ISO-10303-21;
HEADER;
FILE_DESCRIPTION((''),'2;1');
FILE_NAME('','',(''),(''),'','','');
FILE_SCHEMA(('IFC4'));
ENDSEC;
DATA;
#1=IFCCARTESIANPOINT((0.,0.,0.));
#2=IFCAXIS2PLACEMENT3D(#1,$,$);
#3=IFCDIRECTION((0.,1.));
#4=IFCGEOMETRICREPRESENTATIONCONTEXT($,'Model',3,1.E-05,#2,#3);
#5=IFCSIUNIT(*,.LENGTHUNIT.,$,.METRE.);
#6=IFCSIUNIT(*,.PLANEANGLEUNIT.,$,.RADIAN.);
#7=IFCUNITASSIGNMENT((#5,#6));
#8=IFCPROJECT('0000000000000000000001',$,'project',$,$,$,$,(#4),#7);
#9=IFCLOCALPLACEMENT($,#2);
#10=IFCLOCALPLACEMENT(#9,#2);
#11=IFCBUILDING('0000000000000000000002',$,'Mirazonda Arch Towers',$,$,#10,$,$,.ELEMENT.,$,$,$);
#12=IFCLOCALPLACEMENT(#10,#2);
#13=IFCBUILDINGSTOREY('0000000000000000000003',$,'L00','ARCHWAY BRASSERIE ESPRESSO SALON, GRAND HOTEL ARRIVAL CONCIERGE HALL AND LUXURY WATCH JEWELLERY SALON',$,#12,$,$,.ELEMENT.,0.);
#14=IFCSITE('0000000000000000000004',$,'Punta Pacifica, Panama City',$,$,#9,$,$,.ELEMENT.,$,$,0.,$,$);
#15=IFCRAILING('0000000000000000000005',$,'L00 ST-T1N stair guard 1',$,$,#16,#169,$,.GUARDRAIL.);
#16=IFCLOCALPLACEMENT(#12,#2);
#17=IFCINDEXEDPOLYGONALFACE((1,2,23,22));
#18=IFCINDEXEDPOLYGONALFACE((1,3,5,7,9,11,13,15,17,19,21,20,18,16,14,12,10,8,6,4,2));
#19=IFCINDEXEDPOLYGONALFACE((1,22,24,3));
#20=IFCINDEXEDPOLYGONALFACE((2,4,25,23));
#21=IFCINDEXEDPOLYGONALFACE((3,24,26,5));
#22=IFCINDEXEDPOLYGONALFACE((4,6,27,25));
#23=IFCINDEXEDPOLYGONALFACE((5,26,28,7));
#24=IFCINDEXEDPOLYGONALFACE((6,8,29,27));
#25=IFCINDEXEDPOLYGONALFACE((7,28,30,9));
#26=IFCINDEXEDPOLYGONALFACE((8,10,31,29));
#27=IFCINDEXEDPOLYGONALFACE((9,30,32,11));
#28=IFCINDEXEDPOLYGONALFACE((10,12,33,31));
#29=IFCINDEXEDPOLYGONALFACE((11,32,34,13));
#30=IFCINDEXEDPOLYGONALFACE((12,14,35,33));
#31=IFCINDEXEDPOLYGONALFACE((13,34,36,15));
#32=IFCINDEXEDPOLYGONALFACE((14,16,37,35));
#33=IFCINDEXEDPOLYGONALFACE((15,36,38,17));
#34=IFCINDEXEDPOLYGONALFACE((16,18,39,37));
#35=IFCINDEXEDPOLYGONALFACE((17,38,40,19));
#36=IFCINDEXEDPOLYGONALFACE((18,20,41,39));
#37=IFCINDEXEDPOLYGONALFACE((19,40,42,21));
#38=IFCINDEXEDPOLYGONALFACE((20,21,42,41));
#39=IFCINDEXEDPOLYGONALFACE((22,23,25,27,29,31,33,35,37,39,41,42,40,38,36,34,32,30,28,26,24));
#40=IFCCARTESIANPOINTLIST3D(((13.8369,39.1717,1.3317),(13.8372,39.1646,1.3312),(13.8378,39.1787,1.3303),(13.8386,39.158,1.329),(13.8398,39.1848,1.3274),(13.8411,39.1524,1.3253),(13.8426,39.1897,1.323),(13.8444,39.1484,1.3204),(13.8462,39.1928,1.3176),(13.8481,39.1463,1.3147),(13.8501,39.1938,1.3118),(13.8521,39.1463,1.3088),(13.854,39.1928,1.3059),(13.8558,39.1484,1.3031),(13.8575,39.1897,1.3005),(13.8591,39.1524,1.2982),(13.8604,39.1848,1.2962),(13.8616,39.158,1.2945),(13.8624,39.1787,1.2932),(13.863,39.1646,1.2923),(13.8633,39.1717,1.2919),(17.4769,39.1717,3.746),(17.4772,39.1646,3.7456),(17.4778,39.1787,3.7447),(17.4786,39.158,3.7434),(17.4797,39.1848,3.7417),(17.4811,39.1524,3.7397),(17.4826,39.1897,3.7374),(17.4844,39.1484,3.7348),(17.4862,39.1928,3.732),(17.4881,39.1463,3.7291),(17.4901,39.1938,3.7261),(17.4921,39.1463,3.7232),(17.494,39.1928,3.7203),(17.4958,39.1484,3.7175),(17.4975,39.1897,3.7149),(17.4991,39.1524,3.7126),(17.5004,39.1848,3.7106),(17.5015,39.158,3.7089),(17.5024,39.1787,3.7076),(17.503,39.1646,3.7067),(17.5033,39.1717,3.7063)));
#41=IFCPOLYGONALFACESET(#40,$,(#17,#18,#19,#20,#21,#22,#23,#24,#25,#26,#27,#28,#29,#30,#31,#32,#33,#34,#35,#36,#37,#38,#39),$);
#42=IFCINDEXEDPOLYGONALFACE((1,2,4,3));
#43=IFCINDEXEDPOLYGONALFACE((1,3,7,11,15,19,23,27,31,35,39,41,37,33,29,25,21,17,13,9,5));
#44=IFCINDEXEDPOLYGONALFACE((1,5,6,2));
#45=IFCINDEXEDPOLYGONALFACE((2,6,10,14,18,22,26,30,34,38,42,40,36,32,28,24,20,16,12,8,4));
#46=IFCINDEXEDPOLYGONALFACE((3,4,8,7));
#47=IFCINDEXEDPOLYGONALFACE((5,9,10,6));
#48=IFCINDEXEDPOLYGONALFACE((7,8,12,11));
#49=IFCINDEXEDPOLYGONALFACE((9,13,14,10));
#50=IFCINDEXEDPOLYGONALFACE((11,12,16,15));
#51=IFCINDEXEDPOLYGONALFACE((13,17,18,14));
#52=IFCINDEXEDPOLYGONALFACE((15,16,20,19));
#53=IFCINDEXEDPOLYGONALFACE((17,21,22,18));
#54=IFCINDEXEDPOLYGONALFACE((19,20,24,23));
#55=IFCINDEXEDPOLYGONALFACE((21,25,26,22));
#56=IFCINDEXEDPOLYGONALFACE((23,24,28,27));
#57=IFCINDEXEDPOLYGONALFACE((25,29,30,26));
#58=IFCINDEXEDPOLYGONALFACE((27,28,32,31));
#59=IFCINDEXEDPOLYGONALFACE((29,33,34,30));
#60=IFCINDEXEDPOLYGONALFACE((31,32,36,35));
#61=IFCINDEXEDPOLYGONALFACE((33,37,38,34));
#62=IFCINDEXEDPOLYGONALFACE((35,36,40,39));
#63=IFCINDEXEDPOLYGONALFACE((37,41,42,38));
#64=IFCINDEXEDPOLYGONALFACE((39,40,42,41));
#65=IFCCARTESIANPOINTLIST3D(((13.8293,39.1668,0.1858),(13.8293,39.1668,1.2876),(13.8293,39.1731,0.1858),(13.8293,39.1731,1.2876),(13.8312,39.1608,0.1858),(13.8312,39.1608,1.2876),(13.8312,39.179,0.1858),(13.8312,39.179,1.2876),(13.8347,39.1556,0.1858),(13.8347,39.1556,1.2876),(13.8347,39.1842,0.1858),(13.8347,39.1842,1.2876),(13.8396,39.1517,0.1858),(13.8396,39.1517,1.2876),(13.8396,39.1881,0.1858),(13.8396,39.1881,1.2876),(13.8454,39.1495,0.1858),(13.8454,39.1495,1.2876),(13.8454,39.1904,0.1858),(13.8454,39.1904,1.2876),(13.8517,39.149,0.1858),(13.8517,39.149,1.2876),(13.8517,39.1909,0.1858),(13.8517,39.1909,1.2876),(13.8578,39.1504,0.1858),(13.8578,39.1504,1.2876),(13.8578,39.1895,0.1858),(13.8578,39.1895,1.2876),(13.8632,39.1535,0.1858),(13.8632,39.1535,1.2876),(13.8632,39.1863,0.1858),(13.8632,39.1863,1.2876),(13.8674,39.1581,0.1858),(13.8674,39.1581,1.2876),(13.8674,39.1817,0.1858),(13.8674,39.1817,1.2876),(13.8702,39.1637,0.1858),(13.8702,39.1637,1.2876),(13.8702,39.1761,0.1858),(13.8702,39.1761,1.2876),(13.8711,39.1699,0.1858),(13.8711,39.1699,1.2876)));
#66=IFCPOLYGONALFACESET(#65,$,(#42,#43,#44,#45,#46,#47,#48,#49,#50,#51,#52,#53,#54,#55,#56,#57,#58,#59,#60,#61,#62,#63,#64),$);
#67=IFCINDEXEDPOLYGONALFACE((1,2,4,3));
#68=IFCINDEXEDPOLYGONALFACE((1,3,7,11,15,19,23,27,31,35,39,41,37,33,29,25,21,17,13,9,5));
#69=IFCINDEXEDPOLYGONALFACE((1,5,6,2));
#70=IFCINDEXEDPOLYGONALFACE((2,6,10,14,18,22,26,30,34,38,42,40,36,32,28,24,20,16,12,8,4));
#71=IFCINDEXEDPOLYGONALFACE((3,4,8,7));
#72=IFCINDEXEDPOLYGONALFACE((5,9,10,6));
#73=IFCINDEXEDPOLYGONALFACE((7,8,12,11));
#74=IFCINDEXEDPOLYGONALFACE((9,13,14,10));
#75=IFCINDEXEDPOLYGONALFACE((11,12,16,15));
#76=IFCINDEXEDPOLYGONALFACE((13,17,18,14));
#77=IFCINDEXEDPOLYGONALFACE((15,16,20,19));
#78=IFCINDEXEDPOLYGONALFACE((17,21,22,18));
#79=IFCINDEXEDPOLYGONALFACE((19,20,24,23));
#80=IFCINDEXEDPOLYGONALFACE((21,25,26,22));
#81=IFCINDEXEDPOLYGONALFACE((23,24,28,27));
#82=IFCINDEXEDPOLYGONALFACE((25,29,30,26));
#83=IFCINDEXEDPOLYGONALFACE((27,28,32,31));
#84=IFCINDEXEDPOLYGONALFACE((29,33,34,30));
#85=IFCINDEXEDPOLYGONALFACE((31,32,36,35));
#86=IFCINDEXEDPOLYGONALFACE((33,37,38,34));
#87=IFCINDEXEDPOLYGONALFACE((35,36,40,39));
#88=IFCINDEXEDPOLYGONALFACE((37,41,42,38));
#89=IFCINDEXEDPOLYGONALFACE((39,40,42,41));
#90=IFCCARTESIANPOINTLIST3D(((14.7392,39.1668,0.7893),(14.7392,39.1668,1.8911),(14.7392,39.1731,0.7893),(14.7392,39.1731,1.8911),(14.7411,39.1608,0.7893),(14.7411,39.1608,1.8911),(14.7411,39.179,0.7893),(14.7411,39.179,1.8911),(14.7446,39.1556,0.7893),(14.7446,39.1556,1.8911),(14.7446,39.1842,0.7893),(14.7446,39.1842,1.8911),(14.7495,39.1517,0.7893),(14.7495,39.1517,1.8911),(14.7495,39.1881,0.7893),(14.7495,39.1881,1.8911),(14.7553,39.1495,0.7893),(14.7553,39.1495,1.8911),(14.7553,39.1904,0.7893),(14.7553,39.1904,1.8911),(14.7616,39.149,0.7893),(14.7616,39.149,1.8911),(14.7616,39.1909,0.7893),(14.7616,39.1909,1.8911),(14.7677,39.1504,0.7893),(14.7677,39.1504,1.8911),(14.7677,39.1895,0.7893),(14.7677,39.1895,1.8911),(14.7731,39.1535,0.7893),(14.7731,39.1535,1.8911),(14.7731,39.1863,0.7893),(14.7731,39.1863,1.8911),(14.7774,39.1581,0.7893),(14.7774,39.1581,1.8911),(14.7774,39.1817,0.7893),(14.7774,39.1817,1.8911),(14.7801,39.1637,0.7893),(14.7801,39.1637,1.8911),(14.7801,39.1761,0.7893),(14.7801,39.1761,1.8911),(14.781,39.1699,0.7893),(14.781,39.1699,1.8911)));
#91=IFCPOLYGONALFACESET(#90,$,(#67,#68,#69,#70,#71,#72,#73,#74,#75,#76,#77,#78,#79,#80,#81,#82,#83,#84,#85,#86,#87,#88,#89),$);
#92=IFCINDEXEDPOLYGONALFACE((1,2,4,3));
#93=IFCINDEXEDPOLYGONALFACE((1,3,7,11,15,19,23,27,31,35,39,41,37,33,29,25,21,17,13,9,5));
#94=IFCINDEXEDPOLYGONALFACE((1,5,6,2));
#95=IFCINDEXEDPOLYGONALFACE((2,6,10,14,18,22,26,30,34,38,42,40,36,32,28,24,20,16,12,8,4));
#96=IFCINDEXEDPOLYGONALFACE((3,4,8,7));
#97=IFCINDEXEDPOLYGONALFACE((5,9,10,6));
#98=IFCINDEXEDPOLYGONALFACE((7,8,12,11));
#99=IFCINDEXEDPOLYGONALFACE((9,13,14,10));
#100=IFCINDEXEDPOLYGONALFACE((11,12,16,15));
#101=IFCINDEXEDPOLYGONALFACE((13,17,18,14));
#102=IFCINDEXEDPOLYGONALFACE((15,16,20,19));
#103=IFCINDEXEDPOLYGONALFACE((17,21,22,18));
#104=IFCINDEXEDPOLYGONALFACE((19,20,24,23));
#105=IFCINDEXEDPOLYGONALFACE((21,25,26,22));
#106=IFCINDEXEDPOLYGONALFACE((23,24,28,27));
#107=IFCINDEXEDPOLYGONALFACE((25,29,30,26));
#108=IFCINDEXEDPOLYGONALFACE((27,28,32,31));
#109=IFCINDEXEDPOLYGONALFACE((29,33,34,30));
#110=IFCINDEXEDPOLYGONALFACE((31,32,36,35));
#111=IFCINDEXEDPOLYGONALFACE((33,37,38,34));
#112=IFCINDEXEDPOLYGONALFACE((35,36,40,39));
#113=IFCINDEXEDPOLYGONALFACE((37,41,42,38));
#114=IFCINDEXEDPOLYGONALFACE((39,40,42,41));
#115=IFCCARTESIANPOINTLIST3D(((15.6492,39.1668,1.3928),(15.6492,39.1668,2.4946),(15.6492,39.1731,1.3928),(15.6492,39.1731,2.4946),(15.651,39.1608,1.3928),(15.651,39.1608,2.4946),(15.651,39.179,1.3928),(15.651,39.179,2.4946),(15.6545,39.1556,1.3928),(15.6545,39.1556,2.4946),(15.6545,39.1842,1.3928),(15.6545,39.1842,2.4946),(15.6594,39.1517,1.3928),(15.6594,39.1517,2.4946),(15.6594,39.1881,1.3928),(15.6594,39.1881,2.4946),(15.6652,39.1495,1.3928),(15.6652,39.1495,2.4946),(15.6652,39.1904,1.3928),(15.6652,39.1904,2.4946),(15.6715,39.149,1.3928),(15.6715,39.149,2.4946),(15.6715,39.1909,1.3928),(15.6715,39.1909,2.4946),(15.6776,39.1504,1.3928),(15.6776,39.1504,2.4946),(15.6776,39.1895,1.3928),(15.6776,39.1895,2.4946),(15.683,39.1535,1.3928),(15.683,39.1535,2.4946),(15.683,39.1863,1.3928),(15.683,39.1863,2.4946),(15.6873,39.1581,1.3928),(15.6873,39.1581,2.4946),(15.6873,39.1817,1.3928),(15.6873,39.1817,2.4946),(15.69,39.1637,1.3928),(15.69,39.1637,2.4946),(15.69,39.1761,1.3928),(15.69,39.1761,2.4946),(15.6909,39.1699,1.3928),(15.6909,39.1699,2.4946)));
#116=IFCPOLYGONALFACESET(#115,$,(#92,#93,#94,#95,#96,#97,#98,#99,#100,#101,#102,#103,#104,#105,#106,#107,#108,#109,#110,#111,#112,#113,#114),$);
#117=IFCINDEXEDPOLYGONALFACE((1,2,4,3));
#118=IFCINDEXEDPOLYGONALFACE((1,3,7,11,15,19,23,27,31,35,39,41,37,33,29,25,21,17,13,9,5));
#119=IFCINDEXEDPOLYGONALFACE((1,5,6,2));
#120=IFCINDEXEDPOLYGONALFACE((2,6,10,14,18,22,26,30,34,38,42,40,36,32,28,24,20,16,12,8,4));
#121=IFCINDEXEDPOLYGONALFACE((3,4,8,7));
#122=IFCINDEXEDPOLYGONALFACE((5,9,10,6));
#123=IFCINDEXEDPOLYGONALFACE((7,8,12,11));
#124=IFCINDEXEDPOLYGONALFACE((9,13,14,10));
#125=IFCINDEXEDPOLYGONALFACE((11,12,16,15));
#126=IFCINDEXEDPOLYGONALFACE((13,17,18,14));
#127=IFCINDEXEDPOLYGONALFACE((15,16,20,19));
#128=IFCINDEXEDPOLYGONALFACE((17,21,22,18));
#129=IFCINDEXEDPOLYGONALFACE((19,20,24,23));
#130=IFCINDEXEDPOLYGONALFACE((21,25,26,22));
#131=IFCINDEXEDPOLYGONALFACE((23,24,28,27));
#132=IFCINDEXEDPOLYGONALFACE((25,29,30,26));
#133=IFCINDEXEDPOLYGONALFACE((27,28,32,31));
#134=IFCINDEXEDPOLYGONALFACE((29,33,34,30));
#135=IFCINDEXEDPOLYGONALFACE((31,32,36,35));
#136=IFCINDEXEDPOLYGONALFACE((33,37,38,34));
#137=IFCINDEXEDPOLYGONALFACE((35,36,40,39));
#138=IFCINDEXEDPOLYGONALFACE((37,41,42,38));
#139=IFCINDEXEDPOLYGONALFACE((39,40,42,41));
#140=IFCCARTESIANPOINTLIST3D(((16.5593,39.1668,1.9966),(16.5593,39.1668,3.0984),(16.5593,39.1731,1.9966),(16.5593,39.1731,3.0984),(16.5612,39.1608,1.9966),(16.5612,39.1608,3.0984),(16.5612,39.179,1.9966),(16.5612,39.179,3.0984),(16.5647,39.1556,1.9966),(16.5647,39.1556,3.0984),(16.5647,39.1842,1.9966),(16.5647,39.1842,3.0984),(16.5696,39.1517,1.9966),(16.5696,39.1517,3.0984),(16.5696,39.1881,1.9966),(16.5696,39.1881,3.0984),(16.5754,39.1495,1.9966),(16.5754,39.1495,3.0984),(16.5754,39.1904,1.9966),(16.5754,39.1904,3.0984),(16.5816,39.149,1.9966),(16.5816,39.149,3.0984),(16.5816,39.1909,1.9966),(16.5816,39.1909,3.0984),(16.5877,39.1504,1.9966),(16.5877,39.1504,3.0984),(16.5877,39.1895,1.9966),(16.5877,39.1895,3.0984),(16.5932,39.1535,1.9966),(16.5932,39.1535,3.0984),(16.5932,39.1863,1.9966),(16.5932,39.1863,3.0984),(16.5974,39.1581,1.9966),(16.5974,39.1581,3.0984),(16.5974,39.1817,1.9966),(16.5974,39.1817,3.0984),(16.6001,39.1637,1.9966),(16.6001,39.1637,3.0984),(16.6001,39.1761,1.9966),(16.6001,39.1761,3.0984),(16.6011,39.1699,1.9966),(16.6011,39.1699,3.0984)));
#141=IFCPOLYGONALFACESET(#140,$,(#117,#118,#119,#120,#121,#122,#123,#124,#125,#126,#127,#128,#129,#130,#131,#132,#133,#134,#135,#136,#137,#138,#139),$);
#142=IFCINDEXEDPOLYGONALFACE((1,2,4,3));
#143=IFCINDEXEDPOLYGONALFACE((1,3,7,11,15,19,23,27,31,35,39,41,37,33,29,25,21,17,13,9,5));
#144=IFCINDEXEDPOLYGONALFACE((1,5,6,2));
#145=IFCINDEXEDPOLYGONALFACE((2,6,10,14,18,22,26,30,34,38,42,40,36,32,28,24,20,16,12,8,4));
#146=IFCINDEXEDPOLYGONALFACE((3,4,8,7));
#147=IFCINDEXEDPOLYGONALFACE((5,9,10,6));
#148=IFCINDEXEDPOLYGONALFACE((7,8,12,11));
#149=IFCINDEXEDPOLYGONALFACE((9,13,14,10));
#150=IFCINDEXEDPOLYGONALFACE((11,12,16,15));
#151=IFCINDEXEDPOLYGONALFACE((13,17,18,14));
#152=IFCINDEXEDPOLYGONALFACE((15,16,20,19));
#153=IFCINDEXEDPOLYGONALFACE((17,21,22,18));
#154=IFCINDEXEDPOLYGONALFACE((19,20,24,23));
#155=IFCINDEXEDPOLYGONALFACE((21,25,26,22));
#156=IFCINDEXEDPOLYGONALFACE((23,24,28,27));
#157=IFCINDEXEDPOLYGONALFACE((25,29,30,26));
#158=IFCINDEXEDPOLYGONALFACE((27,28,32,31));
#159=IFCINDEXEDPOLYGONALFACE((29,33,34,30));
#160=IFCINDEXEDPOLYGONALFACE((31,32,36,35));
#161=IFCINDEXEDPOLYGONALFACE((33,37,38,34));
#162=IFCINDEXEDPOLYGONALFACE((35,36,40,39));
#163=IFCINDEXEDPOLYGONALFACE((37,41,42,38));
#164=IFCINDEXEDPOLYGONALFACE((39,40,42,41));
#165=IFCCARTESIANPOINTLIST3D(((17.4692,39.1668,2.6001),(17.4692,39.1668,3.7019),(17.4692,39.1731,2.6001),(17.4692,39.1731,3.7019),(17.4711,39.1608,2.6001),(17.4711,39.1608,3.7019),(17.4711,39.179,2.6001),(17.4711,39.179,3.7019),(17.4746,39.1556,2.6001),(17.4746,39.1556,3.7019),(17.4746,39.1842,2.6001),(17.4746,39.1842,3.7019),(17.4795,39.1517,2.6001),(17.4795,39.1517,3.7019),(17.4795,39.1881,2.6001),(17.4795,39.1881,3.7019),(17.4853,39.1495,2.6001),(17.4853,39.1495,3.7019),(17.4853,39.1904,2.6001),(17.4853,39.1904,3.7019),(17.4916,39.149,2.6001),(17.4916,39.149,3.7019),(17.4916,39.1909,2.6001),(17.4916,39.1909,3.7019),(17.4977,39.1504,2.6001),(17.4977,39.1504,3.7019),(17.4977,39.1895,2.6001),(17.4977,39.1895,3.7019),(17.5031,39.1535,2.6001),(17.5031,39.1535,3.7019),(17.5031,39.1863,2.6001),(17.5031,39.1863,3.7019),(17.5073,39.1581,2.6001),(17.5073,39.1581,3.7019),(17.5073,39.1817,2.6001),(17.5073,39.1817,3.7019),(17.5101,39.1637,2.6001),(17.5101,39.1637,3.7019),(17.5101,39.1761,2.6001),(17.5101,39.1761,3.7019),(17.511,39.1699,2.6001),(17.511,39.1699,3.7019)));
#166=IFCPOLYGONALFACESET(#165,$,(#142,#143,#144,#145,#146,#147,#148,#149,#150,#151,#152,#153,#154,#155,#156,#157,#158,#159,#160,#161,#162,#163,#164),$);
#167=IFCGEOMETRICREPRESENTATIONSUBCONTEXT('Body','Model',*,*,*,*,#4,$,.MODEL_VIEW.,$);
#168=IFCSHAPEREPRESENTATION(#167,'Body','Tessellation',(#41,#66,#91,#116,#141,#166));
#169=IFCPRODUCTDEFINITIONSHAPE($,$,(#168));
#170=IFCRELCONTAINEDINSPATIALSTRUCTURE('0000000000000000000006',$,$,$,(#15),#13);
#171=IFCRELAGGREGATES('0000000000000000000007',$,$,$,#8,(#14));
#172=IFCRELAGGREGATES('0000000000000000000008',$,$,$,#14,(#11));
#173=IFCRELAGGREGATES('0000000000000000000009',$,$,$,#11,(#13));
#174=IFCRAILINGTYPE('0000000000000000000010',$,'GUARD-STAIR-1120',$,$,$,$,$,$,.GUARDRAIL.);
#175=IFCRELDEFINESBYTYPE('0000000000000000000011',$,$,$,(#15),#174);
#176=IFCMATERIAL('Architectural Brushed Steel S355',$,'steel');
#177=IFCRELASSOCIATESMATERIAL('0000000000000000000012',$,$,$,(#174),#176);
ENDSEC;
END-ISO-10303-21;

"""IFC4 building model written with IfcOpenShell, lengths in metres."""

from ifc_helpers import new_model, si_unit, direction, frame, origin, origin_2d, place, context, subcontext, project, spatial, circle, extrude, material, type_object, element, save


model = new_model("IFC4")

# Units and contexts
model_context = context("Model", 3, precision=1e-05, world=origin(), true_north=direction((0.0, 1.0)))
body_context = subcontext(model_context, "Body", "Model", "MODEL_VIEW")
ifc_project = project(units=[si_unit("LENGTHUNIT", "METRE"), si_unit("PLANEANGLEUNIT", "RADIAN")], contexts=[model_context])

# Site, building, storey
site_placement = place(None, origin())
site = spatial("IfcSite", under=ifc_project, at=site_placement, Name="Punta Pacifica, Panama City", CompositionType="ELEMENT", RefElevation=0.0)
building_placement = place(site_placement, origin())
building = spatial("IfcBuilding", under=site, at=building_placement, Name="Mirazonda Arch Towers", CompositionType="ELEMENT")
storey_placement = place(building_placement, origin())
storey = spatial("IfcBuildingStorey", under=building, at=storey_placement, Name="L00", Description="ARCHWAY BRASSERIE ESPRESSO SALON, GRAND HOTEL ARRIVAL CONCIERGE HALL AND LUXURY WATCH JEWELLERY SALON", CompositionType="ELEMENT", Elevation=0.0)

# Railing
ifc_material_1 = material(Name="Architectural Brushed Steel S355", Category="steel")
railing_type_1 = type_object("IfcRailingType", Name="GUARD-STAIR-1120", PredefinedType="GUARDRAIL", material=ifc_material_1)
railing_1_placement = place(storey_placement, frame((13.8501, 39.1699, 0.1858)))
element("IfcRailing", 1, at=railing_1_placement, inside=storey, type_object=railing_type_1, Name="L00 ST-T1N stair guard 1", PredefinedType="GUARDRAIL", context=body_context, shape_type="SweptSolid", body=[
    extrude(circle(Radius=0.0239, at=origin_2d()), frame((0.0, 0.0, 1.126), z_axis=(0.833347, 0.0, 0.552751), x_axis=(0.0, 1.0, 0.0)), (0.0, 0.0, 1.0), 4.3679),
    extrude(circle(Radius=0.021, at=origin_2d()), origin(), (0.0, 0.0, 1.0), 1.1018),
    extrude(circle(Radius=0.021, at=origin_2d()), frame((0.9099, 0.0, 0.6035)), (0.0, 0.0, 1.0), 1.1018),
    extrude(circle(Radius=0.021, at=origin_2d()), frame((1.8198, 0.0, 1.207)), (0.0, 0.0, 1.0), 1.1018),
    extrude(circle(Radius=0.021, at=origin_2d()), frame((2.73, 0.0, 1.8108)), (0.0, 0.0, 1.0), 1.1018),
    extrude(circle(Radius=0.021, at=origin_2d()), frame((3.6399, 0.0, 2.4143)), (0.0, 0.0, 1.0), 1.1018),
])

save(model, "model.ifc")
